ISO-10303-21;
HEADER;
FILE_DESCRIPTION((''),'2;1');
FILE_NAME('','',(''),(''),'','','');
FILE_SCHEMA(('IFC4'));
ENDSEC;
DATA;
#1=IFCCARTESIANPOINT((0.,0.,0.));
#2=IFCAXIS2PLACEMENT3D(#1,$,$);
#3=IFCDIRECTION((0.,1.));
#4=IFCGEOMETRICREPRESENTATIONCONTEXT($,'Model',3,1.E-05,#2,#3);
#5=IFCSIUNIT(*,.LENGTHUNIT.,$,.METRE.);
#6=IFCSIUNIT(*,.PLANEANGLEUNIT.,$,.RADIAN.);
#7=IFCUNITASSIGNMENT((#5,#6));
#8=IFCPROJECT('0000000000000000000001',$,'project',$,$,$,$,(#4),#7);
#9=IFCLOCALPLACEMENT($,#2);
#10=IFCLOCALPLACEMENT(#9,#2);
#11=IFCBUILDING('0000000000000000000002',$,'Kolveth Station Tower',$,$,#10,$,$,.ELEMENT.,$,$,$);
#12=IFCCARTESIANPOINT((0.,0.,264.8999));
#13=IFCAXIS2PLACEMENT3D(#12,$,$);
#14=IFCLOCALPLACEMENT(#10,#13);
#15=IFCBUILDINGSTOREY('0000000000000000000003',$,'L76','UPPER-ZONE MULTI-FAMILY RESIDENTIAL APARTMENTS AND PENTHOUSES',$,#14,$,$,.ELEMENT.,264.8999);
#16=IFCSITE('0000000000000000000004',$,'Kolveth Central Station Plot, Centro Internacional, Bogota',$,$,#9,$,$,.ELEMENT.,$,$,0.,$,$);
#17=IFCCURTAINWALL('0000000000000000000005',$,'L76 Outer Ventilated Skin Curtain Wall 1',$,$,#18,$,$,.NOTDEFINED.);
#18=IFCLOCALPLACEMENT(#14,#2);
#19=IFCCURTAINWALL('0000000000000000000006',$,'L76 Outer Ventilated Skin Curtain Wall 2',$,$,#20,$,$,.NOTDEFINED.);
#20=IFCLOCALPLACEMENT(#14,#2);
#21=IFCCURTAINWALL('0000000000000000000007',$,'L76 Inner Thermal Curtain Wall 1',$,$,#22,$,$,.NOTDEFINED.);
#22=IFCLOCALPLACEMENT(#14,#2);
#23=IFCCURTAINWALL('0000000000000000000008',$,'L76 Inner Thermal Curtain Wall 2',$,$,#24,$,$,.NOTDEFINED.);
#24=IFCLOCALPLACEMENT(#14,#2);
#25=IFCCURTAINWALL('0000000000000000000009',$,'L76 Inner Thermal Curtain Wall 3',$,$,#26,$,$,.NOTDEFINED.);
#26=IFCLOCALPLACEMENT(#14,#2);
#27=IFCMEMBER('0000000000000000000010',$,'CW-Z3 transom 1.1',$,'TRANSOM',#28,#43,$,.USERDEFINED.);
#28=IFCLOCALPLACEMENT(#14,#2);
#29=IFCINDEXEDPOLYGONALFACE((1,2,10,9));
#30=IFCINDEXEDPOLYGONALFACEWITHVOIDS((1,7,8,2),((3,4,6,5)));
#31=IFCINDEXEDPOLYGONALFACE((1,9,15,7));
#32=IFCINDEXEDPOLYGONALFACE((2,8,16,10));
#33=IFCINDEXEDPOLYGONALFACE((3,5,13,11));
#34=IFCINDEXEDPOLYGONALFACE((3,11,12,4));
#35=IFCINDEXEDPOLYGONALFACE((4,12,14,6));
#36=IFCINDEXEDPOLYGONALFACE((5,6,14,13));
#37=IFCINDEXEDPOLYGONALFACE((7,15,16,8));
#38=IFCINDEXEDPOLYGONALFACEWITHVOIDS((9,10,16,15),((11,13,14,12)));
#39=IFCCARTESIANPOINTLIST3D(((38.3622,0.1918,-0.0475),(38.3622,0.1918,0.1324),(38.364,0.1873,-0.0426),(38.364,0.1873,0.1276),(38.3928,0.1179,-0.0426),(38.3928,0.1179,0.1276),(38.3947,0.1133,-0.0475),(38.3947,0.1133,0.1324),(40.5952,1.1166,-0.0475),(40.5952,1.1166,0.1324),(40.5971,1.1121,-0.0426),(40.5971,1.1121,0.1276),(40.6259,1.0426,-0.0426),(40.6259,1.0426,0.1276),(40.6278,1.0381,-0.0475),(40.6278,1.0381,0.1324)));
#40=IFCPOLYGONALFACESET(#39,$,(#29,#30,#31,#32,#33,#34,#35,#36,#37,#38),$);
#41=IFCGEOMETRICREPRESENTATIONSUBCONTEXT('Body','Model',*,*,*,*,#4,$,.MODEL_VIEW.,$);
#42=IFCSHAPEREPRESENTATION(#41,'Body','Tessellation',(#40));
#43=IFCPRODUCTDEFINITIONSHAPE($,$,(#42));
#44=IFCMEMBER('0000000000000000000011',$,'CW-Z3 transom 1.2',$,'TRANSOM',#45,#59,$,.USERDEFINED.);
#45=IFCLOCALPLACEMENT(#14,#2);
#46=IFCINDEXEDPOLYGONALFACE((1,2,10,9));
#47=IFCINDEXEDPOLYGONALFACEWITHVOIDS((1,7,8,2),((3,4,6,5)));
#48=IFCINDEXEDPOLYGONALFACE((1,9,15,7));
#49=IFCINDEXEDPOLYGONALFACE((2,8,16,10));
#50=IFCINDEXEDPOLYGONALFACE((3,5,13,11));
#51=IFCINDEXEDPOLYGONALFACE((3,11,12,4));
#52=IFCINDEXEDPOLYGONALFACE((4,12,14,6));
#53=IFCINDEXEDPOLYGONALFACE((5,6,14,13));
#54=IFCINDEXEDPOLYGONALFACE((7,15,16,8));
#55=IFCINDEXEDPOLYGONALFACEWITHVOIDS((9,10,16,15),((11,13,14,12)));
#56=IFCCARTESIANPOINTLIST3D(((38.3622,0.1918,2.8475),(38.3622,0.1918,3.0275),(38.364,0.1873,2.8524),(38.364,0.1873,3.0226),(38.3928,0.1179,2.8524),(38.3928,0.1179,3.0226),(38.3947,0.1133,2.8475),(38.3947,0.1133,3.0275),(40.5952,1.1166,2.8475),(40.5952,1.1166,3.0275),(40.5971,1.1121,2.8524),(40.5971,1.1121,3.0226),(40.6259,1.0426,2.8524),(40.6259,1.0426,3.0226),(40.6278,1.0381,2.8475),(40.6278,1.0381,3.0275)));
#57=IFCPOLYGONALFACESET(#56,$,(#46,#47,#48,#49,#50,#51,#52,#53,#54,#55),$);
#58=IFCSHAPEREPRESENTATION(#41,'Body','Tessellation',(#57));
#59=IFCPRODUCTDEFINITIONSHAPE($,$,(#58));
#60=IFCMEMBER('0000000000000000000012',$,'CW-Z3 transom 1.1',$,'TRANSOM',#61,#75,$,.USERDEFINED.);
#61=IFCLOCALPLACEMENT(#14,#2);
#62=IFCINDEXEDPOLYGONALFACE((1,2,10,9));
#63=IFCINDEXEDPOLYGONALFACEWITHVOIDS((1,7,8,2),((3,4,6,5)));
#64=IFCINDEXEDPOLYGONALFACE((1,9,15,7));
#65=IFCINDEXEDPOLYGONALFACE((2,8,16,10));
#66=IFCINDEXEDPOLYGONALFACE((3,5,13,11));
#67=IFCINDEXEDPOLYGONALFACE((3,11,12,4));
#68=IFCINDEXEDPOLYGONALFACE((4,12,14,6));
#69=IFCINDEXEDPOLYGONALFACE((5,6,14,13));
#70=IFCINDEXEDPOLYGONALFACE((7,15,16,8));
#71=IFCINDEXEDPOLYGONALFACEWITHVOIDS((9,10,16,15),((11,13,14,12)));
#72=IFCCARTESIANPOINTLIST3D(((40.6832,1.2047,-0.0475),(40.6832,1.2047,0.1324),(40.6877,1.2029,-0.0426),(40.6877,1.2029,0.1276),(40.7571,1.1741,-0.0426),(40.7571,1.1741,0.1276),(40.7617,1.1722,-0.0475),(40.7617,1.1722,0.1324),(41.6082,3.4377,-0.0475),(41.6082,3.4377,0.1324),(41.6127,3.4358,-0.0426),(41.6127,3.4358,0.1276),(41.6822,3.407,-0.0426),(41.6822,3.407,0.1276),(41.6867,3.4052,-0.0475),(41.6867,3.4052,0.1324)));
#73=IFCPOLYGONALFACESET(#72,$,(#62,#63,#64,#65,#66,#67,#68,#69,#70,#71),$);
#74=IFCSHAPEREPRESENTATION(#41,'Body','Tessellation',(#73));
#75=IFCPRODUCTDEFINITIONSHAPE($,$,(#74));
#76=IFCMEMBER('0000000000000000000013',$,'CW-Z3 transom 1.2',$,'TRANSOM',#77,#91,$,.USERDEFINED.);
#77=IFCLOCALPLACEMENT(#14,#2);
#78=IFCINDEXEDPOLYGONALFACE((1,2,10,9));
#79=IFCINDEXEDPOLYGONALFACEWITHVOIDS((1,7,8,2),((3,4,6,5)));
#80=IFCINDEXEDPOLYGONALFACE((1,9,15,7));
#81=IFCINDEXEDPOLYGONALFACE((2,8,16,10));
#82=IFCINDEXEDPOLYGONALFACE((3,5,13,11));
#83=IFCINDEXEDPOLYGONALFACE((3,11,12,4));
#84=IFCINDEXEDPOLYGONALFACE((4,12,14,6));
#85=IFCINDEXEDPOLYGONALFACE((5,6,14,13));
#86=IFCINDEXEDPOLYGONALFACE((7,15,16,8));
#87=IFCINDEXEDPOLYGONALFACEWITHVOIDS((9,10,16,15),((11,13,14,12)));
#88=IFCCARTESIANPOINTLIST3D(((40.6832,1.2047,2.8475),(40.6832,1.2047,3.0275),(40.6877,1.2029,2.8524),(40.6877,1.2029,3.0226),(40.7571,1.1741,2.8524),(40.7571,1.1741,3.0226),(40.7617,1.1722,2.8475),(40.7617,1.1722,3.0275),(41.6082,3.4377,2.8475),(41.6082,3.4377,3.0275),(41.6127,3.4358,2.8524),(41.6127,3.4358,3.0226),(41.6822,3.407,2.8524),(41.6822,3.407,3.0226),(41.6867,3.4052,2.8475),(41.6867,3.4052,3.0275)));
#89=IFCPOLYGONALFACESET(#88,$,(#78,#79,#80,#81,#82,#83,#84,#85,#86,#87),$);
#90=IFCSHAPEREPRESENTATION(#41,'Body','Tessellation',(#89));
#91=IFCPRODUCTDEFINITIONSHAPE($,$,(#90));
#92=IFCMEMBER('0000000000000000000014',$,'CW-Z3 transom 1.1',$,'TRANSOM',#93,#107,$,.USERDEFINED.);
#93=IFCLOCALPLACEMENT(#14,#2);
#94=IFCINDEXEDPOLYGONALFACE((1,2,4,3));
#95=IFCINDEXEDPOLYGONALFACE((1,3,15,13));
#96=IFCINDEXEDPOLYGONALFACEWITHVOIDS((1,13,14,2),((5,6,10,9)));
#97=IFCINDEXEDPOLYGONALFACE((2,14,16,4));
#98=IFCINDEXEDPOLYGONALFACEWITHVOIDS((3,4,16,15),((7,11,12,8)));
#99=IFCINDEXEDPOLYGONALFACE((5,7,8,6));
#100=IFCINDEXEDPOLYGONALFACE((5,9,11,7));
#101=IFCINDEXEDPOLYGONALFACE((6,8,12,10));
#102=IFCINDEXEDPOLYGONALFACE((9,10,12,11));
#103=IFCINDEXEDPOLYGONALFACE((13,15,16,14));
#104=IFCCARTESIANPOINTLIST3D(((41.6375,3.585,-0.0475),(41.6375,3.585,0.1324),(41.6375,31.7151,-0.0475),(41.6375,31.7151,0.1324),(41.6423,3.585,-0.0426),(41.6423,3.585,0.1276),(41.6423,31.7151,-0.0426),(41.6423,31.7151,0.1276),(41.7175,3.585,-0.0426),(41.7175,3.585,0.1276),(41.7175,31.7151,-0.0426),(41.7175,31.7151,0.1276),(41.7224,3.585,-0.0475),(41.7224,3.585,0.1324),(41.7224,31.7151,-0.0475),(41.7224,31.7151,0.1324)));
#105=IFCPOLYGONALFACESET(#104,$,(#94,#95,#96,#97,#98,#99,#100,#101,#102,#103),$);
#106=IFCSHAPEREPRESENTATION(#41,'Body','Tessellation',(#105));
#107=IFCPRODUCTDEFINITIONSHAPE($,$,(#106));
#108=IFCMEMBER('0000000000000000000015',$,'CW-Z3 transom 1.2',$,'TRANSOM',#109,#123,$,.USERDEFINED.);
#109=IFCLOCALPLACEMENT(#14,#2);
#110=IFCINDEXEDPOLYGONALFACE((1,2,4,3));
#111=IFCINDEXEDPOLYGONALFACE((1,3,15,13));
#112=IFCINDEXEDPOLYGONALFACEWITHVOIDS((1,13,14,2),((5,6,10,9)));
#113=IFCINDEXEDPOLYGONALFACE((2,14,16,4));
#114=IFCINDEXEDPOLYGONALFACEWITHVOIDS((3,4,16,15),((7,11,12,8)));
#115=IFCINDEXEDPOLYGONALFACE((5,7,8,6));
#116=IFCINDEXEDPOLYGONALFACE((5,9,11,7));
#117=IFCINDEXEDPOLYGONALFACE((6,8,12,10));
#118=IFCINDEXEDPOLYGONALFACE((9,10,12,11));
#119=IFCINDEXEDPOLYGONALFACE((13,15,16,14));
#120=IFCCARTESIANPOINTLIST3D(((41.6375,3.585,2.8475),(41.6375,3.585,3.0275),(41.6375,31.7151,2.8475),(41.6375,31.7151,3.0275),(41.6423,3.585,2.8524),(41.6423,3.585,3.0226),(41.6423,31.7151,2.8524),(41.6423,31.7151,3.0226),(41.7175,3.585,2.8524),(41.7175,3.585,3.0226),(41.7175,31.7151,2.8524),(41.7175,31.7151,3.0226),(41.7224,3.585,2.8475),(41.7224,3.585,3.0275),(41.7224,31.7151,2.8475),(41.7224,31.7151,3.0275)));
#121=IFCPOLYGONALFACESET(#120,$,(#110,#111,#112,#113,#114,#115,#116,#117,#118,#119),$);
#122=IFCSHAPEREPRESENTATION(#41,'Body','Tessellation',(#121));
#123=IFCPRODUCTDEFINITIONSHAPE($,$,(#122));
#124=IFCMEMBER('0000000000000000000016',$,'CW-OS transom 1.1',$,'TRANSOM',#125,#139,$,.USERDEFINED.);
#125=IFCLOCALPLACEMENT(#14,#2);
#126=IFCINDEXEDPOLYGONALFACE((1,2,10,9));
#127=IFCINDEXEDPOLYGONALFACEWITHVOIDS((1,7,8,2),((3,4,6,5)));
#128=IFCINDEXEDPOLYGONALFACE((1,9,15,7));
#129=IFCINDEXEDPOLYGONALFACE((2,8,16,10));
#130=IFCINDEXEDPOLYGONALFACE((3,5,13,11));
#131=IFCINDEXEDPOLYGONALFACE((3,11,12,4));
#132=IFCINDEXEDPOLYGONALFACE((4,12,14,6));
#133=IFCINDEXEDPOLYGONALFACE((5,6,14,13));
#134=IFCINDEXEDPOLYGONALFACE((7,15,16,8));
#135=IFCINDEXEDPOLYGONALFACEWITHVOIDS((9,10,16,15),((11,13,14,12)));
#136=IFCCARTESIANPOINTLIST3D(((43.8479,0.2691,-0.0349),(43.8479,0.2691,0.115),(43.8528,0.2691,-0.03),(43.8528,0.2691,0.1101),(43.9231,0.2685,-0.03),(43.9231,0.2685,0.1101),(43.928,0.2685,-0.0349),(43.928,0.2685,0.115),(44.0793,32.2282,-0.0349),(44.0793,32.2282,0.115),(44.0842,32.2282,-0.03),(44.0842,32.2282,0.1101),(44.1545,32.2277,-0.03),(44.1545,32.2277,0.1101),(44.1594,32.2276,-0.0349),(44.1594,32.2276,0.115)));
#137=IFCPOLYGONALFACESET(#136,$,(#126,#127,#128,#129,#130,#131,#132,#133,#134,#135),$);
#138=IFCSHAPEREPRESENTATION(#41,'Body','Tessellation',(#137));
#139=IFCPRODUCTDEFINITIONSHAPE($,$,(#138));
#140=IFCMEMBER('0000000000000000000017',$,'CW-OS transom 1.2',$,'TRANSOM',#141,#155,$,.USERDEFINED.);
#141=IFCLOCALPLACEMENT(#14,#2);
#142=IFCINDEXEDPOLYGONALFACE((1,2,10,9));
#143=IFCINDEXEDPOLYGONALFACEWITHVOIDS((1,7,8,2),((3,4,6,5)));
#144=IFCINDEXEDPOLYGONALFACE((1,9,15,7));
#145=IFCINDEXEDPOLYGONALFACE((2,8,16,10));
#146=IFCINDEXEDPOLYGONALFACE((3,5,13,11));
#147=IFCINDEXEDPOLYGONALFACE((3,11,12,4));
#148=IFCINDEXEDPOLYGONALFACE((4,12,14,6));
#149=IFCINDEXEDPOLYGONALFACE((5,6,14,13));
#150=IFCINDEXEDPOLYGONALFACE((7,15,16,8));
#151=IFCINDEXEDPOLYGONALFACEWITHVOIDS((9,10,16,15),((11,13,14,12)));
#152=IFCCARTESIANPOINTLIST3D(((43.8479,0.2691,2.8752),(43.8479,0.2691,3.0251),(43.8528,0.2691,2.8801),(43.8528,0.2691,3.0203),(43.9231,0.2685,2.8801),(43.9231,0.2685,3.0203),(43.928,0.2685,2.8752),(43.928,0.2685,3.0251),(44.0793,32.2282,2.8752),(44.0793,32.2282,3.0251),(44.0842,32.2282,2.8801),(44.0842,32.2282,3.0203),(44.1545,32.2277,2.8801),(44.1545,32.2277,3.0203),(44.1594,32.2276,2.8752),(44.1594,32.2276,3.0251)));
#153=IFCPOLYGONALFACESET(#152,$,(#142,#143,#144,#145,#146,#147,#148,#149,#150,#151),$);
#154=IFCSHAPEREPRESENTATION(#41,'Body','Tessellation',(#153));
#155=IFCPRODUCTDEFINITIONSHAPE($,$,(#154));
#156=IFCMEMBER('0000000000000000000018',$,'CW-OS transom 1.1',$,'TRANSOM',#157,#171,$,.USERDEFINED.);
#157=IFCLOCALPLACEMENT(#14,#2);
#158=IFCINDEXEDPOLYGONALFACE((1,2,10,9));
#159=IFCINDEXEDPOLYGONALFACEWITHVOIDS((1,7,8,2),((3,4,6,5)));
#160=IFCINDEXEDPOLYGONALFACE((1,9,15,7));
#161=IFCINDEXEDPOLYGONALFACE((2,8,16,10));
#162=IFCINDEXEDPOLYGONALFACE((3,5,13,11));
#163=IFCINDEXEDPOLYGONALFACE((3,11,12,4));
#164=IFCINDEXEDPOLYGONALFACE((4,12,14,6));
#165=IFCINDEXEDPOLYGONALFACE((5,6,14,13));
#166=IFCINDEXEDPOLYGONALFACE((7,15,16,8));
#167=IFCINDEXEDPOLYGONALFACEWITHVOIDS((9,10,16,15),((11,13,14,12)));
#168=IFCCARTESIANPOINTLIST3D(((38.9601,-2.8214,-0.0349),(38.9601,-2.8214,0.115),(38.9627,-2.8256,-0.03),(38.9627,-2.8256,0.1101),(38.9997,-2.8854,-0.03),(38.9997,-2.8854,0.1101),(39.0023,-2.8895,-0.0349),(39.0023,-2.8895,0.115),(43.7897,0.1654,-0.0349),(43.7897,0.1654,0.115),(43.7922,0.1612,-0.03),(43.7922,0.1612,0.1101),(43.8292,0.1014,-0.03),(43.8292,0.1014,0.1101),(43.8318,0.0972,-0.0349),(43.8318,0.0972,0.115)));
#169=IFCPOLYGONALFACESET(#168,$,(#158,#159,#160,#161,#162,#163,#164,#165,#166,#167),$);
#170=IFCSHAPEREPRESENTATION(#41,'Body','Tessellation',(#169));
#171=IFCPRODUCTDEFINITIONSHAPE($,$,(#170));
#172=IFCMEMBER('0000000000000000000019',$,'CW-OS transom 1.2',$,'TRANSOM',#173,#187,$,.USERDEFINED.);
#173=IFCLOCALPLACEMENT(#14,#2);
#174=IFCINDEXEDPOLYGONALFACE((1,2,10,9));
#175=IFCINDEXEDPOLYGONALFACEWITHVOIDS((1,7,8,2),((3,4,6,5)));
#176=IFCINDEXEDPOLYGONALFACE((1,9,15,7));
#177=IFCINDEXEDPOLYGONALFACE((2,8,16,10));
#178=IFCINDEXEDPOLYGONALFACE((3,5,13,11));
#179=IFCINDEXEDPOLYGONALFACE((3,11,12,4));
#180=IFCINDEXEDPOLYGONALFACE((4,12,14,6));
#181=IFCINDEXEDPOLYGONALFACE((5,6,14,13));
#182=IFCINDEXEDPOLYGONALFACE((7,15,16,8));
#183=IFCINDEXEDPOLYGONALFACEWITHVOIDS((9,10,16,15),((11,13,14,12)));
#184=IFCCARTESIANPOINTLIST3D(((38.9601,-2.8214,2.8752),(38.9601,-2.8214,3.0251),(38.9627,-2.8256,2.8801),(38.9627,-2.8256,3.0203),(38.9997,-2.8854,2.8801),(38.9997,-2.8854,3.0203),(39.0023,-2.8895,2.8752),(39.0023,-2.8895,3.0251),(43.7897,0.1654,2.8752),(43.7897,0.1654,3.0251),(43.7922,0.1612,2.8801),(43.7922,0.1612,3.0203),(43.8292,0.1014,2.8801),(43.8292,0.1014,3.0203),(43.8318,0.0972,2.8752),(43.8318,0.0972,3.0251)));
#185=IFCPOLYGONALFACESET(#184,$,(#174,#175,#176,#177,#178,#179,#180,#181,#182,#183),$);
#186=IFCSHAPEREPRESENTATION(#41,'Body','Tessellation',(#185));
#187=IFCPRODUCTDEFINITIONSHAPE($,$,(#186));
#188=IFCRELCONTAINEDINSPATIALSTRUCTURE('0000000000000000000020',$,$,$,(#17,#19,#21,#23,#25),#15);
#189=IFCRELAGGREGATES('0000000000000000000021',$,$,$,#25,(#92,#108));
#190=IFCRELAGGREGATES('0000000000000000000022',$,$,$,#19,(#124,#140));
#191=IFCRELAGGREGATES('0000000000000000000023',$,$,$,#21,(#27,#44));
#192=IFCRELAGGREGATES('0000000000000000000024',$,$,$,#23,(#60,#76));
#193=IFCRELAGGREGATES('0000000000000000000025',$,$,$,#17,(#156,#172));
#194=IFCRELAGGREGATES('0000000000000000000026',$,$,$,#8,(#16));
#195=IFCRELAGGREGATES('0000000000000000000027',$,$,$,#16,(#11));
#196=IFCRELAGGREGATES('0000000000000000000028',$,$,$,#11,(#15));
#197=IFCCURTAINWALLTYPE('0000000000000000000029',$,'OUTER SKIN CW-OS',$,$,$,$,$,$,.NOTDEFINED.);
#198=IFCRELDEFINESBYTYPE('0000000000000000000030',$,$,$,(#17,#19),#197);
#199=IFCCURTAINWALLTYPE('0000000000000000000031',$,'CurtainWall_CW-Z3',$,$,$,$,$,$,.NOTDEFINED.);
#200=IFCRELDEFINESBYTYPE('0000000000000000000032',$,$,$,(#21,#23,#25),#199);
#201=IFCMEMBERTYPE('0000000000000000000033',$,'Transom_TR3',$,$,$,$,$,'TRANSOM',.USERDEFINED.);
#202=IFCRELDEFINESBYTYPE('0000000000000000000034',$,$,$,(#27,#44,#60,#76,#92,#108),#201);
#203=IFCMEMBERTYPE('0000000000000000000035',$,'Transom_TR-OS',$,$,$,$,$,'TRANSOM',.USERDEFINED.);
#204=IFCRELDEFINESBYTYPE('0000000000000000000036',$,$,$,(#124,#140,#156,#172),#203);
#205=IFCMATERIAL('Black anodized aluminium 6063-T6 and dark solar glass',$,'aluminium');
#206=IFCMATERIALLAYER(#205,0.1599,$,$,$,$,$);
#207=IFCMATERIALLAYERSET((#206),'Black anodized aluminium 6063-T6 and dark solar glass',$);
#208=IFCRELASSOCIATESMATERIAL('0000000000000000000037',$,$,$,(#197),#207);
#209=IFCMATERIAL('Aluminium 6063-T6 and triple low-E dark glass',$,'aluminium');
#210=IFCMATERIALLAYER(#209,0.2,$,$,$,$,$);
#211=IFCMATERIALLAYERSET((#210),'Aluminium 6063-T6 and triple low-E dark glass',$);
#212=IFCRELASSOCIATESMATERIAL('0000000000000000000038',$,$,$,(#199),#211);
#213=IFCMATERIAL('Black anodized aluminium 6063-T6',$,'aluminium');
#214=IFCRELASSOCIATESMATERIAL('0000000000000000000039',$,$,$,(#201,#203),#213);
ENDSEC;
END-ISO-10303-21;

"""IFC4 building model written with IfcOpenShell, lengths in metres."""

from ifc_helpers import new_model, si_unit, direction, frame, origin, origin_2d, place, context, subcontext, project, spatial, hollow_rectangle, extrude, source, transform, mapped, material, layer, layer_set, material_profile, profile_set, type_object, element, aggregate, save


model = new_model("IFC4")

# Units and contexts
model_context = context("Model", 3, precision=1e-05, world=origin(), true_north=direction((0.0, 1.0)))
body_context = subcontext(model_context, "Body", "Model", "MODEL_VIEW")
ifc_project = project(units=[si_unit("LENGTHUNIT", "METRE"), si_unit("PLANEANGLEUNIT", "RADIAN")], contexts=[model_context])

# Site, building, storey
site_placement = place(None, origin())
site = spatial("IfcSite", under=ifc_project, at=site_placement, Name="Kolveth Central Station Plot, Centro Internacional, Bogota", CompositionType="ELEMENT", RefElevation=0.0)
building_placement = place(site_placement, origin())
building = spatial("IfcBuilding", under=site, at=building_placement, Name="Kolveth Station Tower", CompositionType="ELEMENT")
storey_placement = place(building_placement, frame((0.0, 0.0, 264.8999)))
storey = spatial("IfcBuildingStorey", under=building, at=storey_placement, Name="L76", Description="UPPER-ZONE MULTI-FAMILY RESIDENTIAL APARTMENTS AND PENTHOUSES", CompositionType="ELEMENT", Elevation=264.8999)

# Curtain wall
ifc_material_1 = material(Name="Black anodized aluminium 6063-T6 and dark solar glass", Category="aluminium")
ifc_layer_1 = layer(ifc_material_1, 0.1599)
ifc_layer_set_1 = layer_set([ifc_layer_1], Name="Black anodized aluminium 6063-T6 and dark solar glass")
curtain_wall_type_1 = type_object("IfcCurtainWallType", Name="OUTER SKIN CW-OS", PredefinedType="NOTDEFINED", material=ifc_layer_set_1)
curtain_wall_1_placement = place(storey_placement, origin())
curtain_wall_1 = element("IfcCurtainWall", 1, at=curtain_wall_1_placement, inside=storey, type_object=curtain_wall_type_1, Name="L76 Outer Ventilated Skin Curtain Wall 1", PredefinedType="NOTDEFINED")
ifc_material_2 = material(Name="Black anodized aluminium 6063-T6", Category="aluminium")

# Curtain wall
curtain_wall_2_placement = place(storey_placement, origin())
curtain_wall_2 = element("IfcCurtainWall", 2, at=curtain_wall_2_placement, inside=storey, type_object=curtain_wall_type_1, Name="L76 Outer Ventilated Skin Curtain Wall 2", PredefinedType="NOTDEFINED")

# Curtain walls
ifc_material_3 = material(Name="Aluminium 6063-T6 and triple low-E dark glass", Category="aluminium")
ifc_layer_2 = layer(ifc_material_3, 0.2)
ifc_layer_set_2 = layer_set([ifc_layer_2], Name="Aluminium 6063-T6 and triple low-E dark glass")
curtain_wall_type_2 = type_object("IfcCurtainWallType", Name="CurtainWall_CW-Z3", PredefinedType="NOTDEFINED", material=ifc_layer_set_2)
curtain_wall_3_placement = place(storey_placement, origin())
curtain_wall_3 = element("IfcCurtainWall", 3, at=curtain_wall_3_placement, inside=storey, type_object=curtain_wall_type_2, Name="L76 Inner Thermal Curtain Wall 1", PredefinedType="NOTDEFINED")
curtain_wall_4_placement = place(storey_placement, origin())
curtain_wall_4 = element("IfcCurtainWall", 4, at=curtain_wall_4_placement, inside=storey, type_object=curtain_wall_type_2, Name="L76 Inner Thermal Curtain Wall 2", PredefinedType="NOTDEFINED")

# Curtain wall
curtain_wall_5_placement = place(storey_placement, origin())
curtain_wall_5 = element("IfcCurtainWall", 5, at=curtain_wall_5_placement, inside=storey, type_object=curtain_wall_type_2, Name="L76 Inner Thermal Curtain Wall 3", PredefinedType="NOTDEFINED")

# Members
ifc_material_profile_1 = material_profile(ifc_material_2, hollow_rectangle(XDim=0.085, YDim=0.1799, WallThickness=0.0049, at=origin_2d()), Name="ALU-85x180x5")
ifc_profile_set_1 = profile_set([ifc_material_profile_1], Name="Black anodized aluminium 6063-T6")
member_type_1 = type_object("IfcMemberType", Name="Transom_TR3", ElementType="TRANSOM", PredefinedType="USERDEFINED", material=ifc_profile_set_1)
shared_shape_1 = source(origin(), body_context, "Body", "SweptSolid", [
    extrude(hollow_rectangle(XDim=0.085, YDim=0.1799, WallThickness=0.0049, at=origin_2d()), origin(), (0.0, 0.0, 1.0), 2.417),
])
member_1_placement = place(storey_placement, frame((38.3784, 0.1526, 0.0425), z_axis=(0.923909, 0.382613, 0.0), x_axis=(-0.382613, 0.923909, 0.0)))
member_1 = element("IfcMember", 6, at=member_1_placement, type_object=member_type_1, Name="CW-Z3 transom 1.1", ObjectType="TRANSOM", PredefinedType="USERDEFINED", context=body_context, shape_type="MappedRepresentation", body=[
    mapped(shared_shape_1, transform((0.0, 0.0, 0.0), x_axis=(1.0, 0.0, 0.0), y_axis=(0.0, 1.0, 0.0), z_axis=(0.0, 0.0, 1.0), scale=1.0)),
])
member_2_placement = place(storey_placement, frame((38.3784, 0.1526, 2.9375), z_axis=(0.923909, 0.382613, 0.0), x_axis=(-0.382613, 0.923909, 0.0)))
member_2 = element("IfcMember", 7, at=member_2_placement, type_object=member_type_1, Name="CW-Z3 transom 1.2", ObjectType="TRANSOM", PredefinedType="USERDEFINED", context=body_context, shape_type="MappedRepresentation", body=[
    mapped(shared_shape_1, transform((0.0, 0.0, 0.0), x_axis=(1.0, 0.0, 0.0), y_axis=(0.0, 1.0, 0.0), z_axis=(0.0, 0.0, 1.0), scale=1.0)),
])
member_3_placement = place(storey_placement, frame((40.7224, 1.1885, 0.0425), z_axis=(0.382735, 0.923858, 0.0), x_axis=(-0.923858, 0.382735, 0.0)))
member_3 = element("IfcMember", 8, at=member_3_placement, type_object=member_type_1, Name="CW-Z3 transom 1.1", ObjectType="TRANSOM", PredefinedType="USERDEFINED", context=body_context, shape_type="MappedRepresentation", body=[
    mapped(shared_shape_1, transform((0.0, 0.0, 0.0), x_axis=(1.0, 0.0, 0.0), y_axis=(0.0, 1.0, 0.0), z_axis=(0.0, 0.0, 1.0), scale=1.0)),
])
member_4_placement = place(storey_placement, frame((40.7224, 1.1885, 2.9375), z_axis=(0.382735, 0.923858, 0.0), x_axis=(-0.923858, 0.382735, 0.0)))
member_4 = element("IfcMember", 9, at=member_4_placement, type_object=member_type_1, Name="CW-Z3 transom 1.2", ObjectType="TRANSOM", PredefinedType="USERDEFINED", context=body_context, shape_type="MappedRepresentation", body=[
    mapped(shared_shape_1, transform((0.0, 0.0, 0.0), x_axis=(1.0, 0.0, 0.0), y_axis=(0.0, 1.0, 0.0), z_axis=(0.0, 0.0, 1.0), scale=1.0)),
])
shared_shape_2 = source(origin(), body_context, "Body", "SweptSolid", [
    extrude(hollow_rectangle(XDim=0.085, YDim=0.1799, WallThickness=0.0049, at=origin_2d()), origin(), (0.0, 0.0, 1.0), 28.1301),
])
member_5_placement = place(storey_placement, frame((41.6799, 3.585, 0.0425), z_axis=(0.0, 1.0, 0.0), x_axis=(-1.0, 0.0, 0.0)))
member_5 = element("IfcMember", 10, at=member_5_placement, type_object=member_type_1, Name="CW-Z3 transom 1.1", ObjectType="TRANSOM", PredefinedType="USERDEFINED", context=body_context, shape_type="MappedRepresentation", body=[
    mapped(shared_shape_2, transform((0.0, 0.0, 0.0), x_axis=(1.0, 0.0, 0.0), y_axis=(0.0, 1.0, 0.0), z_axis=(0.0, 0.0, 1.0), scale=1.0)),
])
member_6_placement = place(storey_placement, frame((41.6799, 3.585, 2.9375), z_axis=(0.0, 1.0, 0.0), x_axis=(-1.0, 0.0, 0.0)))
member_6 = element("IfcMember", 11, at=member_6_placement, type_object=member_type_1, Name="CW-Z3 transom 1.2", ObjectType="TRANSOM", PredefinedType="USERDEFINED", context=body_context, shape_type="MappedRepresentation", body=[
    mapped(shared_shape_2, transform((0.0, 0.0, 0.0), x_axis=(1.0, 0.0, 0.0), y_axis=(0.0, 1.0, 0.0), z_axis=(0.0, 0.0, 1.0), scale=1.0)),
])
aggregate(curtain_wall_5, [member_5, member_6])
ifc_material_profile_2 = material_profile(ifc_material_2, hollow_rectangle(XDim=0.0801, YDim=0.1499, WallThickness=0.0049, at=origin_2d()), Name="ALU-80x150x5")
ifc_profile_set_2 = profile_set([ifc_material_profile_2], Name="Black anodized aluminium 6063-T6")
member_type_2 = type_object("IfcMemberType", Name="Transom_TR-OS", ElementType="TRANSOM", PredefinedType="USERDEFINED", material=ifc_profile_set_2)
shared_shape_3 = source(origin(), body_context, "Body", "SweptSolid", [
    extrude(hollow_rectangle(XDim=0.0801, YDim=0.1499, WallThickness=0.0049, at=origin_2d()), origin(), (0.0, 0.0, 1.0), 31.96),
])
member_7_placement = place(storey_placement, frame((43.8879, 0.2688, 0.04), z_axis=(0.007242, 0.999974, 0.0), x_axis=(-0.999974, 0.007242, 0.0)))
member_7 = element("IfcMember", 12, at=member_7_placement, type_object=member_type_2, Name="CW-OS transom 1.1", ObjectType="TRANSOM", PredefinedType="USERDEFINED", context=body_context, shape_type="MappedRepresentation", body=[
    mapped(shared_shape_3, transform((0.0, 0.0, 0.0), x_axis=(1.0, 0.0, 0.0), y_axis=(0.0, 1.0, 0.0), z_axis=(0.0, 0.0, 1.0), scale=1.0)),
])
member_8_placement = place(storey_placement, frame((43.8879, 0.2688, 2.9502), z_axis=(0.007242, 0.999974, 0.0), x_axis=(-0.999974, 0.007242, 0.0)))
member_8 = element("IfcMember", 13, at=member_8_placement, type_object=member_type_2, Name="CW-OS transom 1.2", ObjectType="TRANSOM", PredefinedType="USERDEFINED", context=body_context, shape_type="MappedRepresentation", body=[
    mapped(shared_shape_3, transform((0.0, 0.0, 0.0), x_axis=(1.0, 0.0, 0.0), y_axis=(0.0, 1.0, 0.0), z_axis=(0.0, 0.0, 1.0), scale=1.0)),
])
aggregate(curtain_wall_2, [member_7, member_8])
shared_shape_4 = source(origin(), body_context, "Body", "SweptSolid", [
    extrude(hollow_rectangle(XDim=0.0801, YDim=0.1499, WallThickness=0.0049, at=origin_2d()), origin(), (0.0, 0.0, 1.0), 5.6785),
])
member_9_placement = place(storey_placement, frame((38.9812, -2.8555, 0.04), z_axis=(0.850496, 0.525982, 0.0), x_axis=(-0.525982, 0.850496, 0.0)))
member_9 = element("IfcMember", 14, at=member_9_placement, type_object=member_type_2, Name="CW-OS transom 1.1", ObjectType="TRANSOM", PredefinedType="USERDEFINED", context=body_context, shape_type="MappedRepresentation", body=[
    mapped(shared_shape_4, transform((0.0, 0.0, 0.0), x_axis=(1.0, 0.0, 0.0), y_axis=(0.0, 1.0, 0.0), z_axis=(0.0, 0.0, 1.0), scale=1.0)),
])
member_10_placement = place(storey_placement, frame((38.9812, -2.8555, 2.9502), z_axis=(0.850496, 0.525982, 0.0), x_axis=(-0.525982, 0.850496, 0.0)))
member_10 = element("IfcMember", 15, at=member_10_placement, type_object=member_type_2, Name="CW-OS transom 1.2", ObjectType="TRANSOM", PredefinedType="USERDEFINED", context=body_context, shape_type="MappedRepresentation", body=[
    mapped(shared_shape_4, transform((0.0, 0.0, 0.0), x_axis=(1.0, 0.0, 0.0), y_axis=(0.0, 1.0, 0.0), z_axis=(0.0, 0.0, 1.0), scale=1.0)),
])

aggregate(curtain_wall_3, [member_1, member_2])
aggregate(curtain_wall_4, [member_3, member_4])
aggregate(curtain_wall_1, [member_9, member_10])

save(model, "model.ifc")
